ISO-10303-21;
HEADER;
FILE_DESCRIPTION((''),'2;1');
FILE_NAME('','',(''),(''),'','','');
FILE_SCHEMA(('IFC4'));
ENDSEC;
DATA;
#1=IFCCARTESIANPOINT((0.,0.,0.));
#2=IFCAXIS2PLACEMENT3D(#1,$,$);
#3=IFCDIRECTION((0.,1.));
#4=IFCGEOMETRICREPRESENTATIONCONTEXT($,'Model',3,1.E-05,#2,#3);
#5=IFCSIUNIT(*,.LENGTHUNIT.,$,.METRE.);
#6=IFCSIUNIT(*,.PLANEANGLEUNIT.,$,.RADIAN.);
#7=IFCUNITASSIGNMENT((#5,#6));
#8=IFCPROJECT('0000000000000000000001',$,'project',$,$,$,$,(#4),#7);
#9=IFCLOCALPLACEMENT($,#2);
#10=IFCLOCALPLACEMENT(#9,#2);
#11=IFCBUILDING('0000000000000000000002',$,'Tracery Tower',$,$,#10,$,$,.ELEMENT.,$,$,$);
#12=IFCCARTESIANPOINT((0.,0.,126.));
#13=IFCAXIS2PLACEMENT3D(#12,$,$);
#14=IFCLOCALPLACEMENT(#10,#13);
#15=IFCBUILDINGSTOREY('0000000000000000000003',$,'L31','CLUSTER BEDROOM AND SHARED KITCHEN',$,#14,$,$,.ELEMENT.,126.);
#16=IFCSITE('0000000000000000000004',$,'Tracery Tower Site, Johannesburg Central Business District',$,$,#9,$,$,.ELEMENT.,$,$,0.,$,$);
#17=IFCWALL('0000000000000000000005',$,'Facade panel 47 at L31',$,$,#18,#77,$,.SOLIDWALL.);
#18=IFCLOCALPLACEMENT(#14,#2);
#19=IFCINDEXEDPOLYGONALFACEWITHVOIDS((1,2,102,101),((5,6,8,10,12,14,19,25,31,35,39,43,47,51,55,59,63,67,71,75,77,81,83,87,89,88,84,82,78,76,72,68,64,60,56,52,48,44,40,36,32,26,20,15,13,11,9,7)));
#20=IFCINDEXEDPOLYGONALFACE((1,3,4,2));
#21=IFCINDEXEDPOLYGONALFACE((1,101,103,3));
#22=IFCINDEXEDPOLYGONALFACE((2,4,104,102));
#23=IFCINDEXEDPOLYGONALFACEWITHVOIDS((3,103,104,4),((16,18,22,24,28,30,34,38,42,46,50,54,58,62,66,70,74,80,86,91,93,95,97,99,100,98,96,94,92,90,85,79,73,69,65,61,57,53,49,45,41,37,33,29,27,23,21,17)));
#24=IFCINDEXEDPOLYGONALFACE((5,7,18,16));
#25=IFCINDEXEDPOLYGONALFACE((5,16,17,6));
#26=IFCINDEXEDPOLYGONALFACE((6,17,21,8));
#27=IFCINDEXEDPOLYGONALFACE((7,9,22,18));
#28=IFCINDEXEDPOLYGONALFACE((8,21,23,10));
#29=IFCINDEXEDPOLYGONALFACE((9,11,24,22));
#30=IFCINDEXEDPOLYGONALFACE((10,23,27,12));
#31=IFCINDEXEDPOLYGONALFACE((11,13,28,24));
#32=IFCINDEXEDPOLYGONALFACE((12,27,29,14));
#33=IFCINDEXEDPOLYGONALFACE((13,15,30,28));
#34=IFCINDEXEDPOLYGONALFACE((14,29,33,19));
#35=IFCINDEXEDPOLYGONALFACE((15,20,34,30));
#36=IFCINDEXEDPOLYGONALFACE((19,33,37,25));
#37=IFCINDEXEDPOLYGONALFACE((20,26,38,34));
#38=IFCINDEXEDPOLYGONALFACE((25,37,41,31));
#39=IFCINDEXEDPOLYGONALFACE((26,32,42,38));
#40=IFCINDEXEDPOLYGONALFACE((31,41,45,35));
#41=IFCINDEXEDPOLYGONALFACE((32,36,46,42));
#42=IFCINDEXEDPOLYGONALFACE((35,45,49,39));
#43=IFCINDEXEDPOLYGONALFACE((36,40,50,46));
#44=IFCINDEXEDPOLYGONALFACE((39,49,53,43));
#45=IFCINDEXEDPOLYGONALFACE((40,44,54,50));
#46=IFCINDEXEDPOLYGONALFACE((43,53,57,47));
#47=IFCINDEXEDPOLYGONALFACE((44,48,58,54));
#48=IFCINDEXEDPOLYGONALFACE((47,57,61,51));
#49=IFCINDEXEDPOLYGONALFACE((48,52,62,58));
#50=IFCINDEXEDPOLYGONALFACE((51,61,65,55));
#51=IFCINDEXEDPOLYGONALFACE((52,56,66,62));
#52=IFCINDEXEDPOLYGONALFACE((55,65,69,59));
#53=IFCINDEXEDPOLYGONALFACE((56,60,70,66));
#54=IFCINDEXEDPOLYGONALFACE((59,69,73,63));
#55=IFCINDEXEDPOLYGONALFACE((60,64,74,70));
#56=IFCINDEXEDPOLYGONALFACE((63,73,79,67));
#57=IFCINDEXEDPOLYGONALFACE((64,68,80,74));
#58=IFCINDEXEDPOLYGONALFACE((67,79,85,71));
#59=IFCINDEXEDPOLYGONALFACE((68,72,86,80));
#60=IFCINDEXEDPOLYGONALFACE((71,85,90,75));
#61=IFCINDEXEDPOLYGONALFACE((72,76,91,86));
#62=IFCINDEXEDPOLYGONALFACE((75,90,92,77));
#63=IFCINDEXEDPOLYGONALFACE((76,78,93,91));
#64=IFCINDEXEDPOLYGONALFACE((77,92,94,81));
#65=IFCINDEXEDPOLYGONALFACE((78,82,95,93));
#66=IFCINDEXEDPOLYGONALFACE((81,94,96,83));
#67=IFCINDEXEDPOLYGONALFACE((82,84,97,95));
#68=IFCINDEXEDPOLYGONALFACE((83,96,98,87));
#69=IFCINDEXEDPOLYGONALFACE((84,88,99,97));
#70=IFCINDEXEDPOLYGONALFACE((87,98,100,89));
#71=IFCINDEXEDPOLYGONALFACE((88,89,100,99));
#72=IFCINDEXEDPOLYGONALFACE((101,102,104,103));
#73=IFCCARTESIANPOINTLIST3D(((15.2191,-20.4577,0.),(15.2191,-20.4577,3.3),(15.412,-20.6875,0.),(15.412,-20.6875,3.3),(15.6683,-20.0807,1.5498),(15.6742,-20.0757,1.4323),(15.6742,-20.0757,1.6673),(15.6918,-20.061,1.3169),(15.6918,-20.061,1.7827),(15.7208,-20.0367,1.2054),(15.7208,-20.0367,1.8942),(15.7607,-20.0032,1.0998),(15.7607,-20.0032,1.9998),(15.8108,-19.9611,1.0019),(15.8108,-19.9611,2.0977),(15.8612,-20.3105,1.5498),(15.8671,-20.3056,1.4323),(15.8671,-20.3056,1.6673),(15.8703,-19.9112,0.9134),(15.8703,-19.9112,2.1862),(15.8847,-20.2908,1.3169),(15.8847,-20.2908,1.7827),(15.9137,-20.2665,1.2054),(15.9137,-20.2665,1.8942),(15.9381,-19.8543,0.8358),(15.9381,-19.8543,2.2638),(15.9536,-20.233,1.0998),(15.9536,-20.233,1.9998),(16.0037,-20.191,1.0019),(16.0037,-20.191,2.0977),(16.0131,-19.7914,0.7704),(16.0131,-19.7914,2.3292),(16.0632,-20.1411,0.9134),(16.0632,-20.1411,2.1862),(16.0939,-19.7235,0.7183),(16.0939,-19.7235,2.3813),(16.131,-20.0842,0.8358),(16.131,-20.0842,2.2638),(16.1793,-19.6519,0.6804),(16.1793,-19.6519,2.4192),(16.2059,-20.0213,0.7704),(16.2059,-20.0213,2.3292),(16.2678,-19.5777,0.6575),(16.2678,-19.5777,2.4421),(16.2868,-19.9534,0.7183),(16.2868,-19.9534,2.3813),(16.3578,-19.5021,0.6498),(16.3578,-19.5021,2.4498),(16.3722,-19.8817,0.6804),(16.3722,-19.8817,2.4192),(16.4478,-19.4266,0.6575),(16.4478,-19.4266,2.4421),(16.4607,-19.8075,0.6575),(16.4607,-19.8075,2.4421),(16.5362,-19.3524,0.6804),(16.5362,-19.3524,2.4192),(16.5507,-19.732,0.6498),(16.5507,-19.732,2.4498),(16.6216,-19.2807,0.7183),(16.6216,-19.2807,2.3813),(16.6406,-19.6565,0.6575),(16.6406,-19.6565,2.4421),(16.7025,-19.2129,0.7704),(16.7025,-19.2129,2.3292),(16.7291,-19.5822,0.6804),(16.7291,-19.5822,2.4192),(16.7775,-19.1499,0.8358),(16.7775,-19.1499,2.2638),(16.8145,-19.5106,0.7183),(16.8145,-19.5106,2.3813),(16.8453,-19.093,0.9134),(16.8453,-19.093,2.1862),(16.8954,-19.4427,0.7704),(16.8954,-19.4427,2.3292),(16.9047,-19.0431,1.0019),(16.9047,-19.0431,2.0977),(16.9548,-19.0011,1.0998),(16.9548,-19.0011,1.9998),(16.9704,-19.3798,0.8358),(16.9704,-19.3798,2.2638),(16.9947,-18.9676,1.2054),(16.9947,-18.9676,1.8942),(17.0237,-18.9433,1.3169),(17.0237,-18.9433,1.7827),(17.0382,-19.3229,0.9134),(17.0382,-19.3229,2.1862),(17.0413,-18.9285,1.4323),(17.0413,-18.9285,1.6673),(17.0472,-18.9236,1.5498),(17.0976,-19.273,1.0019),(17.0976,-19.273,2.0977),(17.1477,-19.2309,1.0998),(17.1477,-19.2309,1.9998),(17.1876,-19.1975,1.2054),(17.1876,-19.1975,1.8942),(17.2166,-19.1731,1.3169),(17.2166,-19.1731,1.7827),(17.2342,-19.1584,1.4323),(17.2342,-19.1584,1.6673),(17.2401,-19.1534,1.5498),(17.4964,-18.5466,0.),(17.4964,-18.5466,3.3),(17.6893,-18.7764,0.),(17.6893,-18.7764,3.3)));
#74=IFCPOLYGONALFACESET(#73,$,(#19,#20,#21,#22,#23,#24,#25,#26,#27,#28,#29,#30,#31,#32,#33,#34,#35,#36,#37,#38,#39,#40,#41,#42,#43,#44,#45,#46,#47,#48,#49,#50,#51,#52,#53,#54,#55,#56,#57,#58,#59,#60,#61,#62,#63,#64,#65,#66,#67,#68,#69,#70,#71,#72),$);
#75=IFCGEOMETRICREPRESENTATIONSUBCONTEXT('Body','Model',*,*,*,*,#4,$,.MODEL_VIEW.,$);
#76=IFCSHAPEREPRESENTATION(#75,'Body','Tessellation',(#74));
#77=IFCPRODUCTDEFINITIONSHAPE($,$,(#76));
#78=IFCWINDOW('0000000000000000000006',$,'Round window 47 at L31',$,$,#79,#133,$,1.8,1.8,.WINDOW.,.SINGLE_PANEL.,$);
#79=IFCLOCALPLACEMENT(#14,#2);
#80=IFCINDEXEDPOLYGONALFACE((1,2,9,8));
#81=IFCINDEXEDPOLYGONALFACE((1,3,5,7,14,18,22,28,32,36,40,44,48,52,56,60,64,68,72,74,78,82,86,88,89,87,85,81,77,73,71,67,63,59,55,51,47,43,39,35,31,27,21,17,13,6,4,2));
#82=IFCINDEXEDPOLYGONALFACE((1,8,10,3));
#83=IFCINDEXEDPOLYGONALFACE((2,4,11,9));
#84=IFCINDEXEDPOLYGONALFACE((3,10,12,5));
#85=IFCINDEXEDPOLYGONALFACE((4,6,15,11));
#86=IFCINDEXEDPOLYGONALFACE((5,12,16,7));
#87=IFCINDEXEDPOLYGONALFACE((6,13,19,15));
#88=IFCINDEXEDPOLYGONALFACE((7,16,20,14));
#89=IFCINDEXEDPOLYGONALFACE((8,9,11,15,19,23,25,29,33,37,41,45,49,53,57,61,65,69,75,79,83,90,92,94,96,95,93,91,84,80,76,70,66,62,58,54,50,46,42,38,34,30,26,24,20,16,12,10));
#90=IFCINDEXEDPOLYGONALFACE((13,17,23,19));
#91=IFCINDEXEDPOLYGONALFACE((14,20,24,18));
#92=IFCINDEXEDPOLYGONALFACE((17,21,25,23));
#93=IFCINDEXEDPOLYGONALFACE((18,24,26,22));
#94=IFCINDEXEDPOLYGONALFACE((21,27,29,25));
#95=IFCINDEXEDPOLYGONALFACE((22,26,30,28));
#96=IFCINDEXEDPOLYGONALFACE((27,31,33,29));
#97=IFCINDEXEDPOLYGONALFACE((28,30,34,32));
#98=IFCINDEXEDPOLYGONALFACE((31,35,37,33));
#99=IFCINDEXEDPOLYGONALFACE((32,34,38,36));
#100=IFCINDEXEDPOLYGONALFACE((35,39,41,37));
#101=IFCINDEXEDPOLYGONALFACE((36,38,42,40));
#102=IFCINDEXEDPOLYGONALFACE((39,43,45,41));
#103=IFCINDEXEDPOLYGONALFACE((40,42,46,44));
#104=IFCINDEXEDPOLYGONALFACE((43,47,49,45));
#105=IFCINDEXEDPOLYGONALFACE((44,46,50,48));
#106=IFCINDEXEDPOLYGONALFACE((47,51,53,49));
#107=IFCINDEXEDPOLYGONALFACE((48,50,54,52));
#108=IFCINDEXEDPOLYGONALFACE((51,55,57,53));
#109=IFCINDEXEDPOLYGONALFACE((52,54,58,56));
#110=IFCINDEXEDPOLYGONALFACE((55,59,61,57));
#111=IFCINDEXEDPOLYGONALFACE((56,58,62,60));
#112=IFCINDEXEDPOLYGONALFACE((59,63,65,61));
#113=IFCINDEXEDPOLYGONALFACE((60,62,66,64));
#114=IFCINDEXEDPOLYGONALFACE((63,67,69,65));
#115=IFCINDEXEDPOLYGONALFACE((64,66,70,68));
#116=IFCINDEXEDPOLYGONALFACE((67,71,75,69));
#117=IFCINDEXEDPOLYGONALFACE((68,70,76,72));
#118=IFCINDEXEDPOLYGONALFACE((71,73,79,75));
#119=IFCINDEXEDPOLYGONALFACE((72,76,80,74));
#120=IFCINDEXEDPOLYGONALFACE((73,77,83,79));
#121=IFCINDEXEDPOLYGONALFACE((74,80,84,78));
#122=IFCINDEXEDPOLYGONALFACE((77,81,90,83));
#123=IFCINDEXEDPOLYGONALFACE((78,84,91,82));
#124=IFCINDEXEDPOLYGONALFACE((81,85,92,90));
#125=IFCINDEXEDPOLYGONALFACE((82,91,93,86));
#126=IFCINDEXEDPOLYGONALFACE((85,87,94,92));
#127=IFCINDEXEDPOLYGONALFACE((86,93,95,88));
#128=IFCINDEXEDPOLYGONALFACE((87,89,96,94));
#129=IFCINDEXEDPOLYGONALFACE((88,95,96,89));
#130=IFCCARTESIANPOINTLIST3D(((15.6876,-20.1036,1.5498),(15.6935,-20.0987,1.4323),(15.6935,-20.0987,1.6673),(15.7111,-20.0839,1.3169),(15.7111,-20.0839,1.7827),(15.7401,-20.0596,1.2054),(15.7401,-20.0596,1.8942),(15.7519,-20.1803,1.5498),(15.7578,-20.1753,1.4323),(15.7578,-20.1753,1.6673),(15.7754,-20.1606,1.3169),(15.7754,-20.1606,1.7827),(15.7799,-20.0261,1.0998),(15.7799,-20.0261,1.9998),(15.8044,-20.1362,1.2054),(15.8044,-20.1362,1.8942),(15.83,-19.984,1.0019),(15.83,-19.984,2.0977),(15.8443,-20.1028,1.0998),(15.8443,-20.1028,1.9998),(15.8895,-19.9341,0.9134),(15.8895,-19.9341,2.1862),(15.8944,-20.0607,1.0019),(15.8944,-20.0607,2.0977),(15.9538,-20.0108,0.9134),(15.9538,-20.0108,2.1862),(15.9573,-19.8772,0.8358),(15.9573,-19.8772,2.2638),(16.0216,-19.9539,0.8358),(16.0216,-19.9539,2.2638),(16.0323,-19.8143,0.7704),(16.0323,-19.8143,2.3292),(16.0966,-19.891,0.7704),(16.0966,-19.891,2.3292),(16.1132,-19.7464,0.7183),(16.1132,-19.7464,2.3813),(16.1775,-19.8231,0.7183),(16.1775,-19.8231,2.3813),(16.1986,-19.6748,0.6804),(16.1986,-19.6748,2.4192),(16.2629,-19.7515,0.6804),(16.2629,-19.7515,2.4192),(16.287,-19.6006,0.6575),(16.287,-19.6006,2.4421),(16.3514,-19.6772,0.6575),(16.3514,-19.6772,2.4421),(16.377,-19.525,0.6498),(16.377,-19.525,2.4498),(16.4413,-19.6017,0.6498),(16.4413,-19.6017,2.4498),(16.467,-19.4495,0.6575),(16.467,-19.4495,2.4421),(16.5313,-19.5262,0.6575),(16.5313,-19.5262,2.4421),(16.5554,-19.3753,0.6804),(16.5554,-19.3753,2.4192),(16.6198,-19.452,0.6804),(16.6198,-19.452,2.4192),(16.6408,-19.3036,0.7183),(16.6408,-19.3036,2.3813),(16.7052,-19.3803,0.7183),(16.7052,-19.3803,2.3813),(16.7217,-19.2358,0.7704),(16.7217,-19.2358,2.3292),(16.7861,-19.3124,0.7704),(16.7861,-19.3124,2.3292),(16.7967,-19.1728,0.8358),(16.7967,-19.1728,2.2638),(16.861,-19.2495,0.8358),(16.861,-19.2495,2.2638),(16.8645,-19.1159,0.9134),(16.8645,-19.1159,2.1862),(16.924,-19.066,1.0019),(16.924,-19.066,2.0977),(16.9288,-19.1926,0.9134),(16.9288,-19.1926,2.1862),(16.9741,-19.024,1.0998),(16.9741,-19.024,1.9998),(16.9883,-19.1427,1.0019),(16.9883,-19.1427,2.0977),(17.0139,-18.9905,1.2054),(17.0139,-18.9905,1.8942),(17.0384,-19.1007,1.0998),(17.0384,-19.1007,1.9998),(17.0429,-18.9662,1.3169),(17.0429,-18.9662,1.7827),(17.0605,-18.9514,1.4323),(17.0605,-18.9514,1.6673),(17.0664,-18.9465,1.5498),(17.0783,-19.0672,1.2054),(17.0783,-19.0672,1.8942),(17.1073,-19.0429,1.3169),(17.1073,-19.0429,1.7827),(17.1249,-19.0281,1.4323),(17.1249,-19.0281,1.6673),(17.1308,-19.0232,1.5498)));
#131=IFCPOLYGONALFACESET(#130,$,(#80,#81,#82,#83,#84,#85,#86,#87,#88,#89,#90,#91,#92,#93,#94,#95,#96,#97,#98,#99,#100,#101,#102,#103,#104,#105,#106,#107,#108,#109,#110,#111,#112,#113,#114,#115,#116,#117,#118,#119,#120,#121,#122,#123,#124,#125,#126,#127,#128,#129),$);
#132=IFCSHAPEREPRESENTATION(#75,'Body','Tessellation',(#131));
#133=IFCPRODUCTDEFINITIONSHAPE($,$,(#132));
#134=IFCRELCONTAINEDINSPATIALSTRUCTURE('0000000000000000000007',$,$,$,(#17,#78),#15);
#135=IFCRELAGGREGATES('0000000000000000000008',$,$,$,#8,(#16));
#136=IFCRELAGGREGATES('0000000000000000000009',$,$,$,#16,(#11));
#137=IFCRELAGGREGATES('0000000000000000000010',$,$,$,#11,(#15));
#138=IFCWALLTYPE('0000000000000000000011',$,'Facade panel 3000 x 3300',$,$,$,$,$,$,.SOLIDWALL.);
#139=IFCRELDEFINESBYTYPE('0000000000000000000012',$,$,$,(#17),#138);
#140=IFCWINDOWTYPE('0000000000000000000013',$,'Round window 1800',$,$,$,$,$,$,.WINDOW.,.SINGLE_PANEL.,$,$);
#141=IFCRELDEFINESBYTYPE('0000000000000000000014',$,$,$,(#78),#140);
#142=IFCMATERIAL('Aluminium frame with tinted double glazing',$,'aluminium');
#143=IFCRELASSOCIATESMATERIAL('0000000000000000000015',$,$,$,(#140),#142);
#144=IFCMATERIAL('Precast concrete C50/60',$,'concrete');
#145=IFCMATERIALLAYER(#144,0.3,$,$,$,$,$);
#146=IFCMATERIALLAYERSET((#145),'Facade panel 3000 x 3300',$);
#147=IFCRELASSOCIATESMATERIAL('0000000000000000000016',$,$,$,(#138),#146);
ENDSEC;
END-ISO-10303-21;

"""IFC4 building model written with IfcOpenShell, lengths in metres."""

from ifc_helpers import new_model, si_unit, direction, frame, frame_2d, origin, origin_2d, place, context, subcontext, project, spatial, rectangle, circle, extrude, material, layer, layer_set, type_object, element, fill, save


model = new_model("IFC4")

# Units and contexts
model_context = context("Model", 3, precision=1e-05, world=origin(), true_north=direction((0.0, 1.0)))
body_context = subcontext(model_context, "Body", "Model", "MODEL_VIEW")
ifc_project = project(units=[si_unit("LENGTHUNIT", "METRE"), si_unit("PLANEANGLEUNIT", "RADIAN")], contexts=[model_context])

# Site, building, storey
site_placement = place(None, origin())
site = spatial("IfcSite", under=ifc_project, at=site_placement, Name="Tracery Tower Site, Johannesburg Central Business District", CompositionType="ELEMENT", RefElevation=0.0)
building_placement = place(site_placement, origin())
building = spatial("IfcBuilding", under=site, at=building_placement, Name="Tracery Tower", CompositionType="ELEMENT")
storey_placement = place(building_placement, frame((0.0, 0.0, 126.0)))
storey = spatial("IfcBuildingStorey", under=building, at=storey_placement, Name="L31", Description="CLUSTER BEDROOM AND SHARED KITCHEN", CompositionType="ELEMENT", Elevation=126.0)

# Wall, opening, window
ifc_material_1 = material(Name="Aluminium frame with tinted double glazing", Category="aluminium")
window_type = type_object("IfcWindowType", Name="Round window 1800", PartitioningType="SINGLE_PANEL", PredefinedType="WINDOW", material=ifc_material_1)
ifc_material_2 = material(Name="Precast concrete C50/60", Category="concrete")
ifc_layer_1 = layer(ifc_material_2, 0.3)
ifc_layer_set_1 = layer_set([ifc_layer_1], Name="Facade panel 3000 x 3300")
wall_type_1 = type_object("IfcWallType", Name="Facade panel 3000 x 3300", PredefinedType="SOLIDWALL", material=ifc_layer_set_1)
wall_1_placement = place(storey_placement, frame((15.3157, -20.5725, 0.0), z_axis=(0.0, 0.0, 1.0), x_axis=(0.766009, 0.64283, 0.0)))
wall_1 = element("IfcWall", 1, at=wall_1_placement, inside=storey, type_object=wall_type_1, Name="Facade panel 47 at L31", PredefinedType="SOLIDWALL", context=body_context, shape_type="SweptSolid", body=[
    extrude(rectangle(XDim=2.9729, YDim=0.3, at=frame_2d((1.4863, 0.0))), origin(), (0.0, 0.0, 1.0), 3.3),
])
opening_1_placement = place(wall_1_placement, frame((1.4863, 0.0, 1.5498)))
opening_1 = element("IfcOpeningElement", 2, at=opening_1_placement, cuts=wall_1, PredefinedType="OPENING", context=body_context, shape_type="SweptSolid", body=[
    extrude(circle(Radius=0.9, at=origin_2d()), frame((0.0, 0.1599, 0.0), z_axis=(0.0, -1.0, 0.0), x_axis=(1.0, 0.0, 0.0)), (0.0, 0.0, 1.0), 0.3201),
])
window_1_placement = place(opening_1_placement, origin())
window_1 = element("IfcWindow", 3, at=window_1_placement, inside=storey, type_object=window_type, Name="Round window 47 at L31", OverallHeight=1.8, OverallWidth=1.8, PartitioningType="SINGLE_PANEL", PredefinedType="WINDOW", context=body_context, shape_type="SweptSolid", body=[
    extrude(circle(Radius=0.9, at=origin_2d()), frame((0.0, 0.1201, 0.0), z_axis=(0.0, -1.0, 0.0), x_axis=(1.0, 0.0, 0.0)), (0.0, 0.0, 1.0), 0.1001),
])
fill(opening_1, window_1)

save(model, "model.ifc")
